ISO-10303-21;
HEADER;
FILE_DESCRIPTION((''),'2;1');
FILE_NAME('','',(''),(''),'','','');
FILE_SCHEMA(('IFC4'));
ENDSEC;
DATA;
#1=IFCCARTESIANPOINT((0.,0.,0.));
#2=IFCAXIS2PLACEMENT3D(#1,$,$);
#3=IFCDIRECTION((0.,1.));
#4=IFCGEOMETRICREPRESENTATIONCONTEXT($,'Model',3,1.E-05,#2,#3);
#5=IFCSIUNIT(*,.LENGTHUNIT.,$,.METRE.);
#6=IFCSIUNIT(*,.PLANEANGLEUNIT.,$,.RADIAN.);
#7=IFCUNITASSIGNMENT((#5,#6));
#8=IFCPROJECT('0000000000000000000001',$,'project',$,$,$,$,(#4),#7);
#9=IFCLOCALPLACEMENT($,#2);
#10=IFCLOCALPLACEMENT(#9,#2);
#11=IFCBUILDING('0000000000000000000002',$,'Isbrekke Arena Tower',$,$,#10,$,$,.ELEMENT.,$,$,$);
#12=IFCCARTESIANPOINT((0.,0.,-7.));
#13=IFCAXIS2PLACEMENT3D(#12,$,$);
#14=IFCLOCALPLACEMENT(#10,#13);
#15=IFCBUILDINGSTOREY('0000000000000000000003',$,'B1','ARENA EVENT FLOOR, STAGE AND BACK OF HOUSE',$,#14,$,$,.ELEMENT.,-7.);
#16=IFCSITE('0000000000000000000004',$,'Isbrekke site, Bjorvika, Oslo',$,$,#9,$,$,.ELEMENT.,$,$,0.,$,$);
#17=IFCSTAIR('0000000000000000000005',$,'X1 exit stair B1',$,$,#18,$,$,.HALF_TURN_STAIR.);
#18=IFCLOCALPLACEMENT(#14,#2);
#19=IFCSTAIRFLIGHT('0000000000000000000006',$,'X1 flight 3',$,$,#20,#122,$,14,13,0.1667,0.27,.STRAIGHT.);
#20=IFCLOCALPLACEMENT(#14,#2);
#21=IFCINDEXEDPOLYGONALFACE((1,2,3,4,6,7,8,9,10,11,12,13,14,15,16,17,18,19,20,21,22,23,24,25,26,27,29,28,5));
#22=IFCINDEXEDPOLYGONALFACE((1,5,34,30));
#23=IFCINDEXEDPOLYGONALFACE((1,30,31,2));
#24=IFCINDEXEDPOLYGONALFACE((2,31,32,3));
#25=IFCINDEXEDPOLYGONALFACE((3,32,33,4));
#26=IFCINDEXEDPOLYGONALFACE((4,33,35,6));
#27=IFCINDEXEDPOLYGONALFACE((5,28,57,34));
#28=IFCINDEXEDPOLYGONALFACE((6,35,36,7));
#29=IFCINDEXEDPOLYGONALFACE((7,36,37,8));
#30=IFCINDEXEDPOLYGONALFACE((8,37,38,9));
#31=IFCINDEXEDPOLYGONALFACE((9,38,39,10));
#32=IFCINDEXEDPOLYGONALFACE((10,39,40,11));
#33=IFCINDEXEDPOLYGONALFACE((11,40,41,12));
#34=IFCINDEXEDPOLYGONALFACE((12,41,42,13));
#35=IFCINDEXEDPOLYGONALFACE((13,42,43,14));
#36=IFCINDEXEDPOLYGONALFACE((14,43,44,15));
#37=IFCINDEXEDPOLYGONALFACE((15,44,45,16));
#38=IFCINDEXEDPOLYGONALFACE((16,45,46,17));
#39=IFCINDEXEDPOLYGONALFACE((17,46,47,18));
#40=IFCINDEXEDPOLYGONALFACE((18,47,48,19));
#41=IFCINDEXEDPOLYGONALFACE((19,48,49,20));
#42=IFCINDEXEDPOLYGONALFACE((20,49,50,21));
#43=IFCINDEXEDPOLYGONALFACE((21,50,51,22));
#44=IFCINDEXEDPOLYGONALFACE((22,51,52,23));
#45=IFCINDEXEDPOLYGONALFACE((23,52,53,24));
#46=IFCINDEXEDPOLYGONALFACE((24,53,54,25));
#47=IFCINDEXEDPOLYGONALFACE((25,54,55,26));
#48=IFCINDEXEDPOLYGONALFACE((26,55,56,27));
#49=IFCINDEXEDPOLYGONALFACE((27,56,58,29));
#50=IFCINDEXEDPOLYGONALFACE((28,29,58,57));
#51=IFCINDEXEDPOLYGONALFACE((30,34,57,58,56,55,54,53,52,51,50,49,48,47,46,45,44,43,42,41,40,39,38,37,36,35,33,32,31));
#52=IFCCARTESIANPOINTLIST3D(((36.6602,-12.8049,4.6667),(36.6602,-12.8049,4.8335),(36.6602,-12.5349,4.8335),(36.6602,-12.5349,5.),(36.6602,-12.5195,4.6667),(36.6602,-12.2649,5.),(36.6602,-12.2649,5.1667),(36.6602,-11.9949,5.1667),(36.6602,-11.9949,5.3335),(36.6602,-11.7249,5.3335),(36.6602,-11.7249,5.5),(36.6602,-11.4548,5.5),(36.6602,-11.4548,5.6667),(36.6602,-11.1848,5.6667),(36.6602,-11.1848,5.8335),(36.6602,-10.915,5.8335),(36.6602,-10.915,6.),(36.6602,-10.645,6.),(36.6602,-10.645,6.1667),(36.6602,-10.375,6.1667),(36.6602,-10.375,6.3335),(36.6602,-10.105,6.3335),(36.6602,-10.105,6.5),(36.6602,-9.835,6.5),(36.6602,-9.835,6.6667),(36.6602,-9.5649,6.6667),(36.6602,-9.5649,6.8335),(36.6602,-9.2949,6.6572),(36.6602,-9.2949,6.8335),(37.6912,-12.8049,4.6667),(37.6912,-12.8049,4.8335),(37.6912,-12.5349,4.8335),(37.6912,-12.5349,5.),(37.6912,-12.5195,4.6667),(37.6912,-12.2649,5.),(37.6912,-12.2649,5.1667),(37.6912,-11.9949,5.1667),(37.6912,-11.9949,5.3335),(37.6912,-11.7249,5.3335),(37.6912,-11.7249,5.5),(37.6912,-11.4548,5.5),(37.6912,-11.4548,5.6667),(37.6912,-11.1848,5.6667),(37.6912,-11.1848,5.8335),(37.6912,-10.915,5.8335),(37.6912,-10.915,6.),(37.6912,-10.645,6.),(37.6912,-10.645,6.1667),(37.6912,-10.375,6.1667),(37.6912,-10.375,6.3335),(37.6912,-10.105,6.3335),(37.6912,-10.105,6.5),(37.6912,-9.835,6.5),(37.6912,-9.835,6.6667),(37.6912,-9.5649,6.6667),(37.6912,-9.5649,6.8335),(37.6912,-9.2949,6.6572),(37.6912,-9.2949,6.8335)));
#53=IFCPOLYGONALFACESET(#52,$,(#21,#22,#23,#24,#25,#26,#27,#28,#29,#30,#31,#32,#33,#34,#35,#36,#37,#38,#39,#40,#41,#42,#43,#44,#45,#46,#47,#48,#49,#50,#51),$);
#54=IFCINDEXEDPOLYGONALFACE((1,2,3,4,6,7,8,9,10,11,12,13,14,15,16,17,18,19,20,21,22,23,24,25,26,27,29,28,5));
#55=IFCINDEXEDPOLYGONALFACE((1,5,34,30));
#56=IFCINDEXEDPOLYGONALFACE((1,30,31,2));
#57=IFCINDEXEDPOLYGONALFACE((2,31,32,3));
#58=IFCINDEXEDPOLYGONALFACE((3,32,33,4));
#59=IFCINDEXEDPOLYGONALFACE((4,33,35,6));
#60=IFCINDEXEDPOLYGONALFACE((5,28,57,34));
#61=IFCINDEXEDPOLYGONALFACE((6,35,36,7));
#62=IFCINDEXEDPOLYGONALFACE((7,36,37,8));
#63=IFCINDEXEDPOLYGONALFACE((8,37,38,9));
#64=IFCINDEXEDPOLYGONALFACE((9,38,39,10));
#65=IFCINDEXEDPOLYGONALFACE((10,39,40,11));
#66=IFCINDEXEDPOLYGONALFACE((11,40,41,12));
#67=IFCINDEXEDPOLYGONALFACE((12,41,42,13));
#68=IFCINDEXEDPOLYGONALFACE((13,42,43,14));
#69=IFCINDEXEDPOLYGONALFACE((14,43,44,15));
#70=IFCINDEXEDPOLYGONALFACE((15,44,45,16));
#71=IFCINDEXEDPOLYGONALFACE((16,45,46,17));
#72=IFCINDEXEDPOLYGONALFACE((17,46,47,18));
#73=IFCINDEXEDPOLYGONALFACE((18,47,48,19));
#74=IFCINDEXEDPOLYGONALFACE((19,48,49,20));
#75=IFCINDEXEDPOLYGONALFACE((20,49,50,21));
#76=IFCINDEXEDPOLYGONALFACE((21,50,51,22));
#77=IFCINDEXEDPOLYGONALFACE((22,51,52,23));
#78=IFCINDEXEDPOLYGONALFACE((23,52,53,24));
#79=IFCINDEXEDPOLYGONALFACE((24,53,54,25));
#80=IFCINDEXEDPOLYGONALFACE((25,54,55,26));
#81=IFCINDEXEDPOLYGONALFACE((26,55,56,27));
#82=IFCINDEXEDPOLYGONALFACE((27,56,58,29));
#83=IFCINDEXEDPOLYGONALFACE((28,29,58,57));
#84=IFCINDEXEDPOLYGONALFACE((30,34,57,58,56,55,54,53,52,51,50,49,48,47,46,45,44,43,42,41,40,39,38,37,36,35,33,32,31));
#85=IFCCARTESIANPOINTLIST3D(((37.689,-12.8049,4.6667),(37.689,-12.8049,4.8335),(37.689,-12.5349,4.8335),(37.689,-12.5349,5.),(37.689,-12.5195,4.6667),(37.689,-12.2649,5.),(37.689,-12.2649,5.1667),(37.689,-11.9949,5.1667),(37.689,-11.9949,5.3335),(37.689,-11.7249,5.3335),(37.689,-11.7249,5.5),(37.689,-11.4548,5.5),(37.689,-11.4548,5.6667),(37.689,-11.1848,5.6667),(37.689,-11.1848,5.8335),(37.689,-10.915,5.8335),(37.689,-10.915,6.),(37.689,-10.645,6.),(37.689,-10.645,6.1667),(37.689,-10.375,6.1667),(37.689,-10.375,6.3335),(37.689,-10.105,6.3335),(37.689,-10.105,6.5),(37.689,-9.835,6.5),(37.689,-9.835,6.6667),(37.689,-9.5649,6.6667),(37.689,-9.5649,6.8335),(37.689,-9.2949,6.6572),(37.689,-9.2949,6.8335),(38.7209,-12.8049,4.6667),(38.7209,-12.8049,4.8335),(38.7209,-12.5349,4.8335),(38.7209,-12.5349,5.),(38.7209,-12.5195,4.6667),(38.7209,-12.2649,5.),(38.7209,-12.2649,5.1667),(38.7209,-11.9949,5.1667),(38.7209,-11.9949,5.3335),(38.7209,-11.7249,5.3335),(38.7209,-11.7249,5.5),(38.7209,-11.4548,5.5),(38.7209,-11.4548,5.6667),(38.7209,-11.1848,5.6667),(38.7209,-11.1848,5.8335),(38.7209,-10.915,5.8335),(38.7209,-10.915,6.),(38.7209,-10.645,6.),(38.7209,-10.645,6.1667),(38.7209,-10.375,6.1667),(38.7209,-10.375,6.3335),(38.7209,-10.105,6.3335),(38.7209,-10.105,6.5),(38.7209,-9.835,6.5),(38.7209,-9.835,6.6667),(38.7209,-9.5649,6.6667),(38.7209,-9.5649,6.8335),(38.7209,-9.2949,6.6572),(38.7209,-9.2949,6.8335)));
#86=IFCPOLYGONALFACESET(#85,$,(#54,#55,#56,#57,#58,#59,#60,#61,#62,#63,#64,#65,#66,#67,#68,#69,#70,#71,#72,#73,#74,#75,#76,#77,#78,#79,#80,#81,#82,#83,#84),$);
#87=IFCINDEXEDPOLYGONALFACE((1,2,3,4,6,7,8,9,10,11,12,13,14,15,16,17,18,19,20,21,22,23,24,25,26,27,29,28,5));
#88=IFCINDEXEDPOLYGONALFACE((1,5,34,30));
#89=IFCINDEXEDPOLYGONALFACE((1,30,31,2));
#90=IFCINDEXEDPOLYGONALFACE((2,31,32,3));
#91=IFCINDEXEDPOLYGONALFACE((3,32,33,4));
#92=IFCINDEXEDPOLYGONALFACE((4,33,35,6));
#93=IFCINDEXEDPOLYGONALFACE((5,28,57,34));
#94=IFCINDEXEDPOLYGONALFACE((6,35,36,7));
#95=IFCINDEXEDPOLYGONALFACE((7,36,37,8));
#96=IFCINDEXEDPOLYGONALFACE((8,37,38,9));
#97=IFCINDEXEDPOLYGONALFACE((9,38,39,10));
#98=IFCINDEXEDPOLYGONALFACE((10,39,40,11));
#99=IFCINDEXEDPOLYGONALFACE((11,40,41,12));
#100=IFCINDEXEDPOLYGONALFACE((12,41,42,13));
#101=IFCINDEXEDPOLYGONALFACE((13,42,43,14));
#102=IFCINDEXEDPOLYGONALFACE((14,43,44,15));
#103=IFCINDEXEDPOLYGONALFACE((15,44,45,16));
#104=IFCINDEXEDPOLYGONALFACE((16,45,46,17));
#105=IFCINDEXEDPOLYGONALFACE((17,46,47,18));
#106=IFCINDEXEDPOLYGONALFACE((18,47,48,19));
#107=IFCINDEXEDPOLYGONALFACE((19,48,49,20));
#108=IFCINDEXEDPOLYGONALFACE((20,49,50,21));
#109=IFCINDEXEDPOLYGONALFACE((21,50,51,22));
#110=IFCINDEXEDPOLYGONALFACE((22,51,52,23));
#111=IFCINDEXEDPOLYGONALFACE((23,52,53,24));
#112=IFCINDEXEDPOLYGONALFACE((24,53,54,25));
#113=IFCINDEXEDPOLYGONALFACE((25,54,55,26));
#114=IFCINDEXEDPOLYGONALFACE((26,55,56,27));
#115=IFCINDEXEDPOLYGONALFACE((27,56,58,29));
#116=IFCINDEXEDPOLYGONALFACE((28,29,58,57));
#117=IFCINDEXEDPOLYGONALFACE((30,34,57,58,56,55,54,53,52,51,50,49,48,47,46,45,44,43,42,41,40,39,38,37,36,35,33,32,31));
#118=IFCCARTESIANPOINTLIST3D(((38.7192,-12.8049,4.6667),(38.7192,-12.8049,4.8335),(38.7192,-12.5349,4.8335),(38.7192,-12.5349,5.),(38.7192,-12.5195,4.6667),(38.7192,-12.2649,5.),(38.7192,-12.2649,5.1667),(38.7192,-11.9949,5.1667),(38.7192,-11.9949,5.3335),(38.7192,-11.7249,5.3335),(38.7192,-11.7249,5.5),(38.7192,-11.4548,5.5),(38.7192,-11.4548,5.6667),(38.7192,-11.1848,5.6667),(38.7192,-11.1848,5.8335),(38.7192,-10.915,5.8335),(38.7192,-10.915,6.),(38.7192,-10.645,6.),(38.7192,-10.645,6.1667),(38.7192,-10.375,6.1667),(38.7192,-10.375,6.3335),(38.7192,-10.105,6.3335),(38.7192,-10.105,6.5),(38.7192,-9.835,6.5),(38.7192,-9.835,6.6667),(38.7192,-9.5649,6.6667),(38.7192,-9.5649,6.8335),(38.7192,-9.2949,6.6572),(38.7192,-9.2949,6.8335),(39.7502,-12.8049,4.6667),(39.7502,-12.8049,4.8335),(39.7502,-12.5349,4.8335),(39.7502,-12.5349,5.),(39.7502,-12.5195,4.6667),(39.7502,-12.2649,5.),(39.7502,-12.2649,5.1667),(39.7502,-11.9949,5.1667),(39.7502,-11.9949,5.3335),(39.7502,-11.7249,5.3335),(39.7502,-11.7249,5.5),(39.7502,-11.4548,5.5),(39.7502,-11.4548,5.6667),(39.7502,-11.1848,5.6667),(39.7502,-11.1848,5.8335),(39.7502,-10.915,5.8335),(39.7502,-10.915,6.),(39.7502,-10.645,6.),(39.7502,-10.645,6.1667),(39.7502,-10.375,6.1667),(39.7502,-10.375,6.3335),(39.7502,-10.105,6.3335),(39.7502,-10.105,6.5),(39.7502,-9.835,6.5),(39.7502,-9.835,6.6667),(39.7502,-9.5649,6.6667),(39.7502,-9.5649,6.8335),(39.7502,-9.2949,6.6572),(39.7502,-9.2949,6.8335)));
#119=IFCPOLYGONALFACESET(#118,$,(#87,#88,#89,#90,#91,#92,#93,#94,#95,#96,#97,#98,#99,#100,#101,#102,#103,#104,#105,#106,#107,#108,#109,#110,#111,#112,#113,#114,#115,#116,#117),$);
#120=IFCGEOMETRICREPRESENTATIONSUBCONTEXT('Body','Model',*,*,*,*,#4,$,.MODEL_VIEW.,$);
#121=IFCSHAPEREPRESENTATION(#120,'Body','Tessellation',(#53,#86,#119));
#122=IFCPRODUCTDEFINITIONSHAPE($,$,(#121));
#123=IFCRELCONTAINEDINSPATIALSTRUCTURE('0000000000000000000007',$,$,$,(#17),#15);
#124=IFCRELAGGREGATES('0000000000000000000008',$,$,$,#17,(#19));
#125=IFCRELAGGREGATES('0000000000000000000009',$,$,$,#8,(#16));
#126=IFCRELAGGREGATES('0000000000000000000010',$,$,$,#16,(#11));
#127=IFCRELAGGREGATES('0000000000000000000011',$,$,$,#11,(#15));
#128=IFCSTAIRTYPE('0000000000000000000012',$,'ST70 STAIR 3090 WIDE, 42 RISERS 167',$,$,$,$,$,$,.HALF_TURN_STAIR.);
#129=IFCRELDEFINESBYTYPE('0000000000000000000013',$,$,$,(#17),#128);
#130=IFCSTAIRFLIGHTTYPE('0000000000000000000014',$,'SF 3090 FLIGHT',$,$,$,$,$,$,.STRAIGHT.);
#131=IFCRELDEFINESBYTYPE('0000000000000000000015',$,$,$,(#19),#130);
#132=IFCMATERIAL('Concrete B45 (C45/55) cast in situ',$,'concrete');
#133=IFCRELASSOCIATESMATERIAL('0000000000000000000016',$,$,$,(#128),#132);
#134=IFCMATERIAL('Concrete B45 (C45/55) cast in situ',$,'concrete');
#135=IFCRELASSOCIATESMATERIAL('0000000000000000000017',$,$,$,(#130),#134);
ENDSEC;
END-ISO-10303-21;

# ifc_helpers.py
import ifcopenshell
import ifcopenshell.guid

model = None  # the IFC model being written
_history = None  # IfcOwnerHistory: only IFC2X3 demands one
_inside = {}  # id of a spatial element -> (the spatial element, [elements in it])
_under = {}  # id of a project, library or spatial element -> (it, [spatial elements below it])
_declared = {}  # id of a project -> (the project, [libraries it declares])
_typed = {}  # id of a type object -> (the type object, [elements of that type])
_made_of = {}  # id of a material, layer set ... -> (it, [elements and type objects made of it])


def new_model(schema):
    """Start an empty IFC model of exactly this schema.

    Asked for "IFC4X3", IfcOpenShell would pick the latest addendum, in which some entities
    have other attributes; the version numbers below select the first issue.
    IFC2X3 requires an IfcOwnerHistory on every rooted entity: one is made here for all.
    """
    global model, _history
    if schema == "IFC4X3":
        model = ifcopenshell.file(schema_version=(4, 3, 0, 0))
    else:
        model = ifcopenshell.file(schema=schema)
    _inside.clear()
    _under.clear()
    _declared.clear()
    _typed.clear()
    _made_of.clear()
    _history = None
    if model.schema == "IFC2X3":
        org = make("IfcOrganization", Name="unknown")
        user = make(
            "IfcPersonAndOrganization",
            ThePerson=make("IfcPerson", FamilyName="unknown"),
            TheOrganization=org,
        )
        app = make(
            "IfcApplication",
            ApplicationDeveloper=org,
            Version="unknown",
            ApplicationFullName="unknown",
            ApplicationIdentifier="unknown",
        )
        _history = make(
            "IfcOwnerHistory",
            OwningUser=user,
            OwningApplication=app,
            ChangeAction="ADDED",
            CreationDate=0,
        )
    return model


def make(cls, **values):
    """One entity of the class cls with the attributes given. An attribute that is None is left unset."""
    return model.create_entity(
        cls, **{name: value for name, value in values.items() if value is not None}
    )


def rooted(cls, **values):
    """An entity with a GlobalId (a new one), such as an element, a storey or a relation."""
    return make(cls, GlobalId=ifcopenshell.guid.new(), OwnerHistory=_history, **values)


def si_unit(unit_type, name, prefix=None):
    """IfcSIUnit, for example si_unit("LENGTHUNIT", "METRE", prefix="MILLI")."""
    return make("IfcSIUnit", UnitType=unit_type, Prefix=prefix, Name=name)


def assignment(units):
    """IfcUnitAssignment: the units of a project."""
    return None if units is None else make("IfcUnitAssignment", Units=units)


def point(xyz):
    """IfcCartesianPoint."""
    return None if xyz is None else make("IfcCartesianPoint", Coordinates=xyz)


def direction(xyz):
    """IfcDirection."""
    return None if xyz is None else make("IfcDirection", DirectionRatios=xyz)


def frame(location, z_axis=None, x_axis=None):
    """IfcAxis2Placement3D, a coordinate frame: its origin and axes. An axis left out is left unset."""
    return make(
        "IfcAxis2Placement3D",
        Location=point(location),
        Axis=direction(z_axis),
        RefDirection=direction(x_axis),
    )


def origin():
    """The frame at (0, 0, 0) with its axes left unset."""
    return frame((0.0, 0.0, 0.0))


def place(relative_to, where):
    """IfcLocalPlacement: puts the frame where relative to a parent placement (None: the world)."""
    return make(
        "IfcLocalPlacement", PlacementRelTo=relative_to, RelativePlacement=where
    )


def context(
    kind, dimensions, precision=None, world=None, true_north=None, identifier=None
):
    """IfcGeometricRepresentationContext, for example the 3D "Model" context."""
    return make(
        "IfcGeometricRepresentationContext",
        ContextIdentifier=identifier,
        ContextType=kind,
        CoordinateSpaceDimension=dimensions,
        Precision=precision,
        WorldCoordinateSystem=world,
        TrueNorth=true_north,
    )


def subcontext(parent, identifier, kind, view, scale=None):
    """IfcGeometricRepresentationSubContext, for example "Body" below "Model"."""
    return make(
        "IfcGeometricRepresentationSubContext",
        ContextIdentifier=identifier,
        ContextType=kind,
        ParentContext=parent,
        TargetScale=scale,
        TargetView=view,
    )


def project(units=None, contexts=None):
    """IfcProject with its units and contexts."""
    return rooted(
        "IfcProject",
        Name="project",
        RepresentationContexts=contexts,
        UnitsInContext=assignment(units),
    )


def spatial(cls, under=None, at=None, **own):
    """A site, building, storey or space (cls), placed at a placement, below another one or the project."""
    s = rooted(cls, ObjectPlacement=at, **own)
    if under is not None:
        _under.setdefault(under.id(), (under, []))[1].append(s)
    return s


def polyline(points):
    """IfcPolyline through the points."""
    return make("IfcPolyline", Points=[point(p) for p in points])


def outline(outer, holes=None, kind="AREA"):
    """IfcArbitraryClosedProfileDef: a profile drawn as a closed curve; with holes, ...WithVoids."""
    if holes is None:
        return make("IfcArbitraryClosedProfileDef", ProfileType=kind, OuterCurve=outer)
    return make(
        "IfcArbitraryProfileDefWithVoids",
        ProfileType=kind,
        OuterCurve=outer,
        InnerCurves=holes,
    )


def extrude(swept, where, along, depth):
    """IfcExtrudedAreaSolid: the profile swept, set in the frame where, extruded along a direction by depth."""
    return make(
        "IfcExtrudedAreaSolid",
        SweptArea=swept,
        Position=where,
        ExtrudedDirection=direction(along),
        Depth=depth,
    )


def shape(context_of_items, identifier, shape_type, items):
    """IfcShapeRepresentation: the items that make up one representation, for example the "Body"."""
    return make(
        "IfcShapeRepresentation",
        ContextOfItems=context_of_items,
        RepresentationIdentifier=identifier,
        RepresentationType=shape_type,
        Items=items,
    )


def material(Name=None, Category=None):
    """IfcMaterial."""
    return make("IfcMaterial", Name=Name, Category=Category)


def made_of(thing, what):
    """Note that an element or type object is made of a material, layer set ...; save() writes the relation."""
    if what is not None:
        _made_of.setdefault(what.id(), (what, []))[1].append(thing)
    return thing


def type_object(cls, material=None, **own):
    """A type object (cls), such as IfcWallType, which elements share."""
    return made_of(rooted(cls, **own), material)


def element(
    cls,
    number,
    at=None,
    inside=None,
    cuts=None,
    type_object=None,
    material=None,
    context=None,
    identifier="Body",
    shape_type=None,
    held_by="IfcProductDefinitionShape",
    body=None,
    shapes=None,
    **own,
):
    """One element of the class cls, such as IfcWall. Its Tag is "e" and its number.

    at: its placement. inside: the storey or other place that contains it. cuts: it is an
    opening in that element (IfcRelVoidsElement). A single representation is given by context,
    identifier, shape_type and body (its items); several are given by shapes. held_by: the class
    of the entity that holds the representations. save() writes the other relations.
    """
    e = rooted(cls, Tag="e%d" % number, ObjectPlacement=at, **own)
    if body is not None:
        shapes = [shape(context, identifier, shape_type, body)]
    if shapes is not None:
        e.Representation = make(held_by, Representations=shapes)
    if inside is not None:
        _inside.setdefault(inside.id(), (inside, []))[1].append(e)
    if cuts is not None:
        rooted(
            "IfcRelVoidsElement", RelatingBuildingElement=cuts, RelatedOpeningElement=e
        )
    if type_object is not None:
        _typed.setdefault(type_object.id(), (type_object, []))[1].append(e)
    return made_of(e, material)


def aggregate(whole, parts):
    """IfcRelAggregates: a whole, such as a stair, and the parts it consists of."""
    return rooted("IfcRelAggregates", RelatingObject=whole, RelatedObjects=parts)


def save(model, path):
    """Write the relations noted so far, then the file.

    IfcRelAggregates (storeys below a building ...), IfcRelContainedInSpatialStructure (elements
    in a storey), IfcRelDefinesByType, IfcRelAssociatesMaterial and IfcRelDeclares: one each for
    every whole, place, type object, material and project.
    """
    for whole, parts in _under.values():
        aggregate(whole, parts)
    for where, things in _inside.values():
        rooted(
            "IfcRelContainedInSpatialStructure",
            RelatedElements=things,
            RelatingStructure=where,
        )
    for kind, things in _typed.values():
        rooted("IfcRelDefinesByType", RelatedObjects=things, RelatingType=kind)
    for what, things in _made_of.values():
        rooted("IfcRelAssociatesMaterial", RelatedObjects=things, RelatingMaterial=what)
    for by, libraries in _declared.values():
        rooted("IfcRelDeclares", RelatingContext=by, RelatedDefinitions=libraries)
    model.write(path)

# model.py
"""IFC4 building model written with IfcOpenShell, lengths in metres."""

from ifc_helpers import new_model, si_unit, direction, frame, origin, place, context, subcontext, project, spatial, polyline, outline, extrude, material, type_object, element, aggregate, save


model = new_model("IFC4")

# Units and contexts
model_context = context("Model", 3, precision=1e-05, world=origin(), true_north=direction((0.0, 1.0)))
body_context = subcontext(model_context, "Body", "Model", "MODEL_VIEW")
ifc_project = project(units=[si_unit("LENGTHUNIT", "METRE"), si_unit("PLANEANGLEUNIT", "RADIAN")], contexts=[model_context])

# Site, building, storey
site_placement = place(None, origin())
site = spatial("IfcSite", under=ifc_project, at=site_placement, Name="Isbrekke site, Bjorvika, Oslo", CompositionType="ELEMENT", RefElevation=0.0)
building_placement = place(site_placement, origin())
building = spatial("IfcBuilding", under=site, at=building_placement, Name="Isbrekke Arena Tower", CompositionType="ELEMENT")
storey_placement = place(building_placement, frame((0.0, 0.0, -7.0)))
storey = spatial("IfcBuildingStorey", under=building, at=storey_placement, Name="B1", Description="ARENA EVENT FLOOR, STAGE AND BACK OF HOUSE", CompositionType="ELEMENT", Elevation=-7.0)

# Stair, stair flight
ifc_material_1 = material(Name="Concrete B45 (C45/55) cast in situ", Category="concrete")
stair_type = type_object("IfcStairType", Name="ST70 STAIR 3090 WIDE, 42 RISERS 167", PredefinedType="HALF_TURN_STAIR", material=ifc_material_1)
stair_1_placement = place(storey_placement, origin())
stair_1 = element("IfcStair", 1, at=stair_1_placement, inside=storey, type_object=stair_type, Name="X1 exit stair B1", PredefinedType="HALF_TURN_STAIR")
ifc_material_2 = material(Name="Concrete B45 (C45/55) cast in situ", Category="concrete")
stair_flight_type = type_object("IfcStairFlightType", Name="SF 3090 FLIGHT", PredefinedType="STRAIGHT", material=ifc_material_2)
stair_flight_1_placement = place(storey_placement, frame((38.2051, -12.8049, 4.6667), z_axis=(0.0, 0.0, 1.0), x_axis=(0.0, 1.0, 0.0)))
stair_flight_1 = element("IfcStairFlight", 2, at=stair_flight_1_placement, type_object=stair_flight_type, Name="X1 flight 3", NumberOfRisers=14, NumberOfTreads=13, PredefinedType="STRAIGHT", RiserHeight=0.1667, TreadLength=0.27, context=body_context, shape_type="SweptSolid", body=[
    extrude(outline(polyline([(0.0, 0.0), (0.0, 0.1667), (0.27, 0.1667), (0.27, 0.3333), (0.54, 0.3333), (0.54, 0.5), (0.8101, 0.5), (0.8101, 0.6667), (1.0801, 0.6667), (1.0801, 0.8333), (1.3501, 0.8333), (1.3501, 1.0), (1.6201, 1.0), (1.6201, 1.1667), (1.8899, 1.1667), (1.8899, 1.3333), (2.1599, 1.3333), (2.1599, 1.5), (2.4299, 1.5), (2.4299, 1.6667), (2.7, 1.6667), (2.7, 1.8333), (2.97, 1.8333), (2.97, 2.0), (3.24, 2.0), (3.24, 2.1667), (3.51, 2.1667), (3.51, 2.3333), (3.51, 1.9905), (0.2854, 0.0), (0.0, 0.0)])), frame((0.0, 1.5449, 0.0), z_axis=(0.0, -1.0, 0.0), x_axis=(1.0, 0.0, 0.0)), (0.0, 0.0, 1.0), 1.031),
    extrude(outline(polyline([(0.0, 0.0), (0.0, 0.1667), (0.27, 0.1667), (0.27, 0.3333), (0.54, 0.3333), (0.54, 0.5), (0.8101, 0.5), (0.8101, 0.6667), (1.0801, 0.6667), (1.0801, 0.8333), (1.3501, 0.8333), (1.3501, 1.0), (1.6201, 1.0), (1.6201, 1.1667), (1.8899, 1.1667), (1.8899, 1.3333), (2.1599, 1.3333), (2.1599, 1.5), (2.4299, 1.5), (2.4299, 1.6667), (2.7, 1.6667), (2.7, 1.8333), (2.97, 1.8333), (2.97, 2.0), (3.24, 2.0), (3.24, 2.1667), (3.51, 2.1667), (3.51, 2.3333), (3.51, 1.9905), (0.2854, 0.0), (0.0, 0.0)])), frame((0.0, 0.5161, 0.0), z_axis=(0.0, -1.0, 0.0), x_axis=(1.0, 0.0, 0.0)), (0.0, 0.0, 1.0), 1.032),
    extrude(outline(polyline([(0.0, 0.0), (0.0, 0.1667), (0.27, 0.1667), (0.27, 0.3333), (0.54, 0.3333), (0.54, 0.5), (0.8101, 0.5), (0.8101, 0.6667), (1.0801, 0.6667), (1.0801, 0.8333), (1.3501, 0.8333), (1.3501, 1.0), (1.6201, 1.0), (1.6201, 1.1667), (1.8899, 1.1667), (1.8899, 1.3333), (2.1599, 1.3333), (2.1599, 1.5), (2.4299, 1.5), (2.4299, 1.6667), (2.7, 1.6667), (2.7, 1.8333), (2.97, 1.8333), (2.97, 2.0), (3.24, 2.0), (3.24, 2.1667), (3.51, 2.1667), (3.51, 2.3333), (3.51, 1.9905), (0.2854, 0.0), (0.0, 0.0)])), frame((0.0, -0.5142, 0.0), z_axis=(0.0, -1.0, 0.0), x_axis=(1.0, 0.0, 0.0)), (0.0, 0.0, 1.0), 1.031),
])
aggregate(stair_1, [stair_flight_1])

save(model, "model.ifc")
